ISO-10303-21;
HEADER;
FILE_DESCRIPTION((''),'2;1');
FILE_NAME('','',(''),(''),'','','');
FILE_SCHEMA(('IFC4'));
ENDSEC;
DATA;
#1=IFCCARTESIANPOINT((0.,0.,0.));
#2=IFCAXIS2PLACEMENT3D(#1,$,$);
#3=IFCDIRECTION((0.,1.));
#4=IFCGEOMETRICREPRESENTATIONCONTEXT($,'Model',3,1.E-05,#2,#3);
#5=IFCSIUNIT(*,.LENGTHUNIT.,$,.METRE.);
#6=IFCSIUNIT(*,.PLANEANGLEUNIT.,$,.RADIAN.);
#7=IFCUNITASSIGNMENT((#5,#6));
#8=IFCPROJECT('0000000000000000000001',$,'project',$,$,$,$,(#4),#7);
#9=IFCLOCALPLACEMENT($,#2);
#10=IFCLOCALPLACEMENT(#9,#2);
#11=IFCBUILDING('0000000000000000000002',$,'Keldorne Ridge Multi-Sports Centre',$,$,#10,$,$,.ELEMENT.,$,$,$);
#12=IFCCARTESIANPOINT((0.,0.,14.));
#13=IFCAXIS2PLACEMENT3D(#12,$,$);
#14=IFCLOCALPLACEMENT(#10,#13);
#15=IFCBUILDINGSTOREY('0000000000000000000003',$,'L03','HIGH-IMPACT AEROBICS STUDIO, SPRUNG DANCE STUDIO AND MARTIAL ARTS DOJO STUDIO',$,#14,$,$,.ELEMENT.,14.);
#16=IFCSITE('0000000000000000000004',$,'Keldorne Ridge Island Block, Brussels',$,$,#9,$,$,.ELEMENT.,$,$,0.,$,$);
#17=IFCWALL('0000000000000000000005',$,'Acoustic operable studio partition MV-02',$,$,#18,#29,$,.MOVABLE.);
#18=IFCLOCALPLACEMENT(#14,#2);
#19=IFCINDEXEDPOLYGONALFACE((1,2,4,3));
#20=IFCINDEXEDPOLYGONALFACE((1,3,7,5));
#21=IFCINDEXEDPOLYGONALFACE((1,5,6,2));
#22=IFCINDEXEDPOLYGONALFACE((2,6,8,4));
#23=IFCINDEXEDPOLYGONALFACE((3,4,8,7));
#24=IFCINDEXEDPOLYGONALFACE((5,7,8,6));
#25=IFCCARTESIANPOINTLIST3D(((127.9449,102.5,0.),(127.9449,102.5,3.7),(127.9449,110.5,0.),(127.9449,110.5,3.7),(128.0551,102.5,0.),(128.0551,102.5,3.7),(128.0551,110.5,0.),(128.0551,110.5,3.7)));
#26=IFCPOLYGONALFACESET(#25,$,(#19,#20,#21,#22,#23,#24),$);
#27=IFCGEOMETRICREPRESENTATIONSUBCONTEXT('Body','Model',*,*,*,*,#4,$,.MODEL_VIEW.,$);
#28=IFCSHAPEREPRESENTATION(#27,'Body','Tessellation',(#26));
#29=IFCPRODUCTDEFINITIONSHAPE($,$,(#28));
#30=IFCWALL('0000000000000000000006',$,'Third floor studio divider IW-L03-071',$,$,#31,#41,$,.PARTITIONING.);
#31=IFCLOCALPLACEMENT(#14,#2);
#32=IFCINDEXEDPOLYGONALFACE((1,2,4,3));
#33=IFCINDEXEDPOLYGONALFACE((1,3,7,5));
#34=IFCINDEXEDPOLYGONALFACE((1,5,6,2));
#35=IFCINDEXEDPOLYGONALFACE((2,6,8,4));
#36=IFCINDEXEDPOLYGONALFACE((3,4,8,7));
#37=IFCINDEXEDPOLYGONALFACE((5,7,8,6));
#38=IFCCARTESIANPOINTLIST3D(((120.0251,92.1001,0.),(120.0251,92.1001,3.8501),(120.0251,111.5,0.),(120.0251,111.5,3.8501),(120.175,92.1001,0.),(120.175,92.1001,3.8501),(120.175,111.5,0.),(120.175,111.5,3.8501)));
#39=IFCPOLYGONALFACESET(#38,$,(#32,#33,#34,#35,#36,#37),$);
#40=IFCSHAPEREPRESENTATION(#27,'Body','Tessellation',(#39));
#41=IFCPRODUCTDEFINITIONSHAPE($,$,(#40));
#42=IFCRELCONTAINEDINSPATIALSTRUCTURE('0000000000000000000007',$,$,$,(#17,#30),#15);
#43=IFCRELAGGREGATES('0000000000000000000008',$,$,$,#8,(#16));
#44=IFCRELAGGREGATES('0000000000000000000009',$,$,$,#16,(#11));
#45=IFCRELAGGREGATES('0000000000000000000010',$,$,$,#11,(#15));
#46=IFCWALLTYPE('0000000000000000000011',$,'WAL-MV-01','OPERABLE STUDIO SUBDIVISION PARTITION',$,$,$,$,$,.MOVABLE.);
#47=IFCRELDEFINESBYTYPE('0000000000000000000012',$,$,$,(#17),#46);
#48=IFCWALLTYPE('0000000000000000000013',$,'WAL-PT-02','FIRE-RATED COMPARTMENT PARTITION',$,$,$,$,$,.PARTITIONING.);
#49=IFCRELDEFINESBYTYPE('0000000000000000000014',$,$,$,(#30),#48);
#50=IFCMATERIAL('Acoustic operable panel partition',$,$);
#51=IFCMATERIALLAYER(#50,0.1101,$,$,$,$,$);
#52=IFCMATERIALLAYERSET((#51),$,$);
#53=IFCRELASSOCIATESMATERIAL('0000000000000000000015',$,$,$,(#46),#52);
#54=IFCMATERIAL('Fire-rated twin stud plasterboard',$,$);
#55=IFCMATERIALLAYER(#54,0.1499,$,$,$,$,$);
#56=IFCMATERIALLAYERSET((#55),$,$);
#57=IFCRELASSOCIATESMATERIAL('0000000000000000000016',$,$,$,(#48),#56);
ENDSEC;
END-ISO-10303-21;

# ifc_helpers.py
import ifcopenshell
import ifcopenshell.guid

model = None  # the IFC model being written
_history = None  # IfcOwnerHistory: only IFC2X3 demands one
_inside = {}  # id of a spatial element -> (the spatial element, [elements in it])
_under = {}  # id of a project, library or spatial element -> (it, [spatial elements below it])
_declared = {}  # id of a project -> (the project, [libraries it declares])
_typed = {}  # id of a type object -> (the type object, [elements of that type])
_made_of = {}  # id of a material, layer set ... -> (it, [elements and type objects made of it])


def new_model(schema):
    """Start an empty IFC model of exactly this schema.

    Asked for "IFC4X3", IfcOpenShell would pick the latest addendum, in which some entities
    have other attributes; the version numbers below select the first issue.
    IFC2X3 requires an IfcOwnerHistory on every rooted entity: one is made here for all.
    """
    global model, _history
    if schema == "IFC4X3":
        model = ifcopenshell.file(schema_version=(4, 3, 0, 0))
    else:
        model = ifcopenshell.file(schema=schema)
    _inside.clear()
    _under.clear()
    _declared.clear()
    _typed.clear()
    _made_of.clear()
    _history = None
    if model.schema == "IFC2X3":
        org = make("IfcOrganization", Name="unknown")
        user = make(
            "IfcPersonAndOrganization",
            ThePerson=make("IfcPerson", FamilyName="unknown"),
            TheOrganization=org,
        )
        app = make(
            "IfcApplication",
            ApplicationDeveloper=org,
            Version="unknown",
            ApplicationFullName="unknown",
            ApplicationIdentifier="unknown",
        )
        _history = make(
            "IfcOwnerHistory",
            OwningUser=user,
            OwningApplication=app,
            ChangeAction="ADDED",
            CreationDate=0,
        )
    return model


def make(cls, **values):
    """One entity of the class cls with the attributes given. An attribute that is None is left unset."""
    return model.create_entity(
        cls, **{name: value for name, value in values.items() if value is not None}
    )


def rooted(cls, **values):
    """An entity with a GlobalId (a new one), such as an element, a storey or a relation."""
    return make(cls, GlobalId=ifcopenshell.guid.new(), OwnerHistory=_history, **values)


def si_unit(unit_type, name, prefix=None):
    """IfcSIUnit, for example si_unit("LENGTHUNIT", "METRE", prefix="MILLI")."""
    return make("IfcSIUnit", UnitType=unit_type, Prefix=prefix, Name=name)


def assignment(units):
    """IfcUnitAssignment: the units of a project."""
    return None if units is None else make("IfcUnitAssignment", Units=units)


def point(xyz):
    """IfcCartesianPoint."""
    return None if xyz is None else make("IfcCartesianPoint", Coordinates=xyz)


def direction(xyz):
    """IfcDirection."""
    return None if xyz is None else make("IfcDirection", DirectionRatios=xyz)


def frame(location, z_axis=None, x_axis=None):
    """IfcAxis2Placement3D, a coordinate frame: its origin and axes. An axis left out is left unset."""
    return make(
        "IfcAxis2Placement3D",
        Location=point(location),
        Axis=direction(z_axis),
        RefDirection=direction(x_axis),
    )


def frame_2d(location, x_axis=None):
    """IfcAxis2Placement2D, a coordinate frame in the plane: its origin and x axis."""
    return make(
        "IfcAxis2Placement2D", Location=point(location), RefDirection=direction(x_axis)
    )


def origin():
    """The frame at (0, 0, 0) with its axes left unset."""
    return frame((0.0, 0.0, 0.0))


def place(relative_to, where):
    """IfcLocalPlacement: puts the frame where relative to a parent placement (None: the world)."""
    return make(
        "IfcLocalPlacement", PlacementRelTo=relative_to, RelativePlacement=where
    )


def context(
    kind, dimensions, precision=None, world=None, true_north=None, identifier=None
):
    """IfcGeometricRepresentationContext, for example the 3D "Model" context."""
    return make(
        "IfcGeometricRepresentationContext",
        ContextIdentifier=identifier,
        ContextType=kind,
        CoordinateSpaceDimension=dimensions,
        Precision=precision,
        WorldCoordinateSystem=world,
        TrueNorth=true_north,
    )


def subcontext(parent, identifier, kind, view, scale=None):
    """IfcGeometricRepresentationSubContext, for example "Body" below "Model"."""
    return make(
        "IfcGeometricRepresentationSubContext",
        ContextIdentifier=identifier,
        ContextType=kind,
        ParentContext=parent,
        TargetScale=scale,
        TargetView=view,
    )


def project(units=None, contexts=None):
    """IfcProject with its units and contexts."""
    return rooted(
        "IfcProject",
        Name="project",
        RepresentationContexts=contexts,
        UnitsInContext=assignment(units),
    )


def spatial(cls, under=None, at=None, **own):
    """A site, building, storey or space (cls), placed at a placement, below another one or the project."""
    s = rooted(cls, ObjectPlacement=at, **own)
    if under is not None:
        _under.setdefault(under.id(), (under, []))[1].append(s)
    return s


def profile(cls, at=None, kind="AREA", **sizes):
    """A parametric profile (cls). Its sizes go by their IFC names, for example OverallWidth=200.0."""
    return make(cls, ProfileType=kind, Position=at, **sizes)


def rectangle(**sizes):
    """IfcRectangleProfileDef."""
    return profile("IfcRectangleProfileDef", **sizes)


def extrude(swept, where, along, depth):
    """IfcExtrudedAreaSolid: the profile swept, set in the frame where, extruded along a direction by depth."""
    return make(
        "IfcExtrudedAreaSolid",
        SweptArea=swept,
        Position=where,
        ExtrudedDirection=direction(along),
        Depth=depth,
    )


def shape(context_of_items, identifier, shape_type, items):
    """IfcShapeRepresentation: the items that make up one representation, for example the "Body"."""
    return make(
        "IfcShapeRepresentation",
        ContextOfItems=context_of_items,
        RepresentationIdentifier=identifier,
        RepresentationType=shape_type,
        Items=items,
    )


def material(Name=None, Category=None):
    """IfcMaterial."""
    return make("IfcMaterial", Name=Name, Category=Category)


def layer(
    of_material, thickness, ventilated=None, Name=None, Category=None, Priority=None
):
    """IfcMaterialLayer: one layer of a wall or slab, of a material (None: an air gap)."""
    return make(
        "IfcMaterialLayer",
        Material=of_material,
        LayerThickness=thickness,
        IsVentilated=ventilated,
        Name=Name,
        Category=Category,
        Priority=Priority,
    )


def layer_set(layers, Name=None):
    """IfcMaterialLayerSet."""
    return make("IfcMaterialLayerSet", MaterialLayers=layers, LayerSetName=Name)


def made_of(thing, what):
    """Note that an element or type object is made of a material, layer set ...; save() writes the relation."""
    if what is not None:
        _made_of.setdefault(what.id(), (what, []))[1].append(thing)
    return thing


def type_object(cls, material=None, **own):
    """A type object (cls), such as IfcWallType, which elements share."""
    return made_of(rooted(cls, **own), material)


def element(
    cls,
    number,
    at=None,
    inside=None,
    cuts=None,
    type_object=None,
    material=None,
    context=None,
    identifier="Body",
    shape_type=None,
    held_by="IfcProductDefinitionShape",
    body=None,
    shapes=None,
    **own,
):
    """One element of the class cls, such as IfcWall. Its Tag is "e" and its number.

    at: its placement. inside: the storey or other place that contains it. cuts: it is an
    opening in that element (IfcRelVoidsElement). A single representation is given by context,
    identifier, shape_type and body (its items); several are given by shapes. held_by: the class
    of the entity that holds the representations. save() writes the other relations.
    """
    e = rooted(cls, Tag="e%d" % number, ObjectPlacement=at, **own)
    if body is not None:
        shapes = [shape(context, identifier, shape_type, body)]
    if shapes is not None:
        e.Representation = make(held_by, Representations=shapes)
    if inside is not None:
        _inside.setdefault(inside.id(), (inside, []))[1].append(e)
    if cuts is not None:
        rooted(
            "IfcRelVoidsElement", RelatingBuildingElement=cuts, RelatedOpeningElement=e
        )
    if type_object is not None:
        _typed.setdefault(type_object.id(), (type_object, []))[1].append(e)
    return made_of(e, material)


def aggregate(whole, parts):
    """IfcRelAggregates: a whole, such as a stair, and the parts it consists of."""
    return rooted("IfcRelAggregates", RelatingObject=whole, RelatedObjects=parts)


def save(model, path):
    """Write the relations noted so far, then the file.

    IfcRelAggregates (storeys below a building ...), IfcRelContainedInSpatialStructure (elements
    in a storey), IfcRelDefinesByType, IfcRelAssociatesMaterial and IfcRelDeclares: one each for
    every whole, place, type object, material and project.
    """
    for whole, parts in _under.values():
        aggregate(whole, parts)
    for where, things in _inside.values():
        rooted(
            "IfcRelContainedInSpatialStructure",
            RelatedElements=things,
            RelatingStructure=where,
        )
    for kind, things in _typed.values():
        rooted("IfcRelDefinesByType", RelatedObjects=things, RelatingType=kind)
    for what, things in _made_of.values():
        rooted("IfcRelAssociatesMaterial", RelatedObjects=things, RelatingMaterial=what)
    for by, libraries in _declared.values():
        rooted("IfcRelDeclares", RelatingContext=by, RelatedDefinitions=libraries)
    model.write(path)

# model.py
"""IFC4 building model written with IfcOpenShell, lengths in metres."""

from ifc_helpers import new_model, si_unit, direction, frame, frame_2d, origin, place, context, subcontext, project, spatial, rectangle, extrude, material, layer, layer_set, type_object, element, save


model = new_model("IFC4")

# Units and contexts
model_context = context("Model", 3, precision=1e-05, world=origin(), true_north=direction((0.0, 1.0)))
body_context = subcontext(model_context, "Body", "Model", "MODEL_VIEW")
ifc_project = project(units=[si_unit("LENGTHUNIT", "METRE"), si_unit("PLANEANGLEUNIT", "RADIAN")], contexts=[model_context])

# Site, building, storey
site_placement = place(None, origin())
site = spatial("IfcSite", under=ifc_project, at=site_placement, Name="Keldorne Ridge Island Block, Brussels", CompositionType="ELEMENT", RefElevation=0.0)
building_placement = place(site_placement, origin())
building = spatial("IfcBuilding", under=site, at=building_placement, Name="Keldorne Ridge Multi-Sports Centre", CompositionType="ELEMENT")
storey_placement = place(building_placement, frame((0.0, 0.0, 14.0)))
storey = spatial("IfcBuildingStorey", under=building, at=storey_placement, Name="L03", Description="HIGH-IMPACT AEROBICS STUDIO, SPRUNG DANCE STUDIO AND MARTIAL ARTS DOJO STUDIO", CompositionType="ELEMENT", Elevation=14.0)

# Walls
ifc_material_1 = material(Name="Acoustic operable panel partition")
ifc_layer_1 = layer(ifc_material_1, 0.1101)
ifc_layer_set_1 = layer_set([ifc_layer_1])
wall_type_1 = type_object("IfcWallType", Name="WAL-MV-01", Description="OPERABLE STUDIO SUBDIVISION PARTITION", PredefinedType="MOVABLE", material=ifc_layer_set_1)
wall_1_placement = place(storey_placement, frame((128.0, 102.5, 0.0), z_axis=(0.0, 0.0, 1.0), x_axis=(0.0, 1.0, 0.0)))
element("IfcWall", 1, at=wall_1_placement, inside=storey, type_object=wall_type_1, Name="Acoustic operable studio partition MV-02", PredefinedType="MOVABLE", context=body_context, shape_type="SweptSolid", body=[
    extrude(rectangle(XDim=8.0, YDim=0.1101, at=frame_2d((4.0, 0.0))), origin(), (0.0, 0.0, 1.0), 3.7),
])
ifc_material_2 = material(Name="Fire-rated twin stud plasterboard")
ifc_layer_2 = layer(ifc_material_2, 0.1499)
ifc_layer_set_2 = layer_set([ifc_layer_2])
wall_type_2 = type_object("IfcWallType", Name="WAL-PT-02", Description="FIRE-RATED COMPARTMENT PARTITION", PredefinedType="PARTITIONING", material=ifc_layer_set_2)
wall_2_placement = place(storey_placement, frame((120.1001, 92.1001, 0.0), z_axis=(0.0, 0.0, 1.0), x_axis=(0.0, 1.0, 0.0)))
element("IfcWall", 2, at=wall_2_placement, inside=storey, type_object=wall_type_2, Name="Third floor studio divider IW-L03-071", PredefinedType="PARTITIONING", context=body_context, shape_type="SweptSolid", body=[
    extrude(rectangle(XDim=19.3999, YDim=0.1499, at=frame_2d((9.7, 0.0))), origin(), (0.0, 0.0, 1.0), 3.8501),
])

save(model, "model.ifc")
